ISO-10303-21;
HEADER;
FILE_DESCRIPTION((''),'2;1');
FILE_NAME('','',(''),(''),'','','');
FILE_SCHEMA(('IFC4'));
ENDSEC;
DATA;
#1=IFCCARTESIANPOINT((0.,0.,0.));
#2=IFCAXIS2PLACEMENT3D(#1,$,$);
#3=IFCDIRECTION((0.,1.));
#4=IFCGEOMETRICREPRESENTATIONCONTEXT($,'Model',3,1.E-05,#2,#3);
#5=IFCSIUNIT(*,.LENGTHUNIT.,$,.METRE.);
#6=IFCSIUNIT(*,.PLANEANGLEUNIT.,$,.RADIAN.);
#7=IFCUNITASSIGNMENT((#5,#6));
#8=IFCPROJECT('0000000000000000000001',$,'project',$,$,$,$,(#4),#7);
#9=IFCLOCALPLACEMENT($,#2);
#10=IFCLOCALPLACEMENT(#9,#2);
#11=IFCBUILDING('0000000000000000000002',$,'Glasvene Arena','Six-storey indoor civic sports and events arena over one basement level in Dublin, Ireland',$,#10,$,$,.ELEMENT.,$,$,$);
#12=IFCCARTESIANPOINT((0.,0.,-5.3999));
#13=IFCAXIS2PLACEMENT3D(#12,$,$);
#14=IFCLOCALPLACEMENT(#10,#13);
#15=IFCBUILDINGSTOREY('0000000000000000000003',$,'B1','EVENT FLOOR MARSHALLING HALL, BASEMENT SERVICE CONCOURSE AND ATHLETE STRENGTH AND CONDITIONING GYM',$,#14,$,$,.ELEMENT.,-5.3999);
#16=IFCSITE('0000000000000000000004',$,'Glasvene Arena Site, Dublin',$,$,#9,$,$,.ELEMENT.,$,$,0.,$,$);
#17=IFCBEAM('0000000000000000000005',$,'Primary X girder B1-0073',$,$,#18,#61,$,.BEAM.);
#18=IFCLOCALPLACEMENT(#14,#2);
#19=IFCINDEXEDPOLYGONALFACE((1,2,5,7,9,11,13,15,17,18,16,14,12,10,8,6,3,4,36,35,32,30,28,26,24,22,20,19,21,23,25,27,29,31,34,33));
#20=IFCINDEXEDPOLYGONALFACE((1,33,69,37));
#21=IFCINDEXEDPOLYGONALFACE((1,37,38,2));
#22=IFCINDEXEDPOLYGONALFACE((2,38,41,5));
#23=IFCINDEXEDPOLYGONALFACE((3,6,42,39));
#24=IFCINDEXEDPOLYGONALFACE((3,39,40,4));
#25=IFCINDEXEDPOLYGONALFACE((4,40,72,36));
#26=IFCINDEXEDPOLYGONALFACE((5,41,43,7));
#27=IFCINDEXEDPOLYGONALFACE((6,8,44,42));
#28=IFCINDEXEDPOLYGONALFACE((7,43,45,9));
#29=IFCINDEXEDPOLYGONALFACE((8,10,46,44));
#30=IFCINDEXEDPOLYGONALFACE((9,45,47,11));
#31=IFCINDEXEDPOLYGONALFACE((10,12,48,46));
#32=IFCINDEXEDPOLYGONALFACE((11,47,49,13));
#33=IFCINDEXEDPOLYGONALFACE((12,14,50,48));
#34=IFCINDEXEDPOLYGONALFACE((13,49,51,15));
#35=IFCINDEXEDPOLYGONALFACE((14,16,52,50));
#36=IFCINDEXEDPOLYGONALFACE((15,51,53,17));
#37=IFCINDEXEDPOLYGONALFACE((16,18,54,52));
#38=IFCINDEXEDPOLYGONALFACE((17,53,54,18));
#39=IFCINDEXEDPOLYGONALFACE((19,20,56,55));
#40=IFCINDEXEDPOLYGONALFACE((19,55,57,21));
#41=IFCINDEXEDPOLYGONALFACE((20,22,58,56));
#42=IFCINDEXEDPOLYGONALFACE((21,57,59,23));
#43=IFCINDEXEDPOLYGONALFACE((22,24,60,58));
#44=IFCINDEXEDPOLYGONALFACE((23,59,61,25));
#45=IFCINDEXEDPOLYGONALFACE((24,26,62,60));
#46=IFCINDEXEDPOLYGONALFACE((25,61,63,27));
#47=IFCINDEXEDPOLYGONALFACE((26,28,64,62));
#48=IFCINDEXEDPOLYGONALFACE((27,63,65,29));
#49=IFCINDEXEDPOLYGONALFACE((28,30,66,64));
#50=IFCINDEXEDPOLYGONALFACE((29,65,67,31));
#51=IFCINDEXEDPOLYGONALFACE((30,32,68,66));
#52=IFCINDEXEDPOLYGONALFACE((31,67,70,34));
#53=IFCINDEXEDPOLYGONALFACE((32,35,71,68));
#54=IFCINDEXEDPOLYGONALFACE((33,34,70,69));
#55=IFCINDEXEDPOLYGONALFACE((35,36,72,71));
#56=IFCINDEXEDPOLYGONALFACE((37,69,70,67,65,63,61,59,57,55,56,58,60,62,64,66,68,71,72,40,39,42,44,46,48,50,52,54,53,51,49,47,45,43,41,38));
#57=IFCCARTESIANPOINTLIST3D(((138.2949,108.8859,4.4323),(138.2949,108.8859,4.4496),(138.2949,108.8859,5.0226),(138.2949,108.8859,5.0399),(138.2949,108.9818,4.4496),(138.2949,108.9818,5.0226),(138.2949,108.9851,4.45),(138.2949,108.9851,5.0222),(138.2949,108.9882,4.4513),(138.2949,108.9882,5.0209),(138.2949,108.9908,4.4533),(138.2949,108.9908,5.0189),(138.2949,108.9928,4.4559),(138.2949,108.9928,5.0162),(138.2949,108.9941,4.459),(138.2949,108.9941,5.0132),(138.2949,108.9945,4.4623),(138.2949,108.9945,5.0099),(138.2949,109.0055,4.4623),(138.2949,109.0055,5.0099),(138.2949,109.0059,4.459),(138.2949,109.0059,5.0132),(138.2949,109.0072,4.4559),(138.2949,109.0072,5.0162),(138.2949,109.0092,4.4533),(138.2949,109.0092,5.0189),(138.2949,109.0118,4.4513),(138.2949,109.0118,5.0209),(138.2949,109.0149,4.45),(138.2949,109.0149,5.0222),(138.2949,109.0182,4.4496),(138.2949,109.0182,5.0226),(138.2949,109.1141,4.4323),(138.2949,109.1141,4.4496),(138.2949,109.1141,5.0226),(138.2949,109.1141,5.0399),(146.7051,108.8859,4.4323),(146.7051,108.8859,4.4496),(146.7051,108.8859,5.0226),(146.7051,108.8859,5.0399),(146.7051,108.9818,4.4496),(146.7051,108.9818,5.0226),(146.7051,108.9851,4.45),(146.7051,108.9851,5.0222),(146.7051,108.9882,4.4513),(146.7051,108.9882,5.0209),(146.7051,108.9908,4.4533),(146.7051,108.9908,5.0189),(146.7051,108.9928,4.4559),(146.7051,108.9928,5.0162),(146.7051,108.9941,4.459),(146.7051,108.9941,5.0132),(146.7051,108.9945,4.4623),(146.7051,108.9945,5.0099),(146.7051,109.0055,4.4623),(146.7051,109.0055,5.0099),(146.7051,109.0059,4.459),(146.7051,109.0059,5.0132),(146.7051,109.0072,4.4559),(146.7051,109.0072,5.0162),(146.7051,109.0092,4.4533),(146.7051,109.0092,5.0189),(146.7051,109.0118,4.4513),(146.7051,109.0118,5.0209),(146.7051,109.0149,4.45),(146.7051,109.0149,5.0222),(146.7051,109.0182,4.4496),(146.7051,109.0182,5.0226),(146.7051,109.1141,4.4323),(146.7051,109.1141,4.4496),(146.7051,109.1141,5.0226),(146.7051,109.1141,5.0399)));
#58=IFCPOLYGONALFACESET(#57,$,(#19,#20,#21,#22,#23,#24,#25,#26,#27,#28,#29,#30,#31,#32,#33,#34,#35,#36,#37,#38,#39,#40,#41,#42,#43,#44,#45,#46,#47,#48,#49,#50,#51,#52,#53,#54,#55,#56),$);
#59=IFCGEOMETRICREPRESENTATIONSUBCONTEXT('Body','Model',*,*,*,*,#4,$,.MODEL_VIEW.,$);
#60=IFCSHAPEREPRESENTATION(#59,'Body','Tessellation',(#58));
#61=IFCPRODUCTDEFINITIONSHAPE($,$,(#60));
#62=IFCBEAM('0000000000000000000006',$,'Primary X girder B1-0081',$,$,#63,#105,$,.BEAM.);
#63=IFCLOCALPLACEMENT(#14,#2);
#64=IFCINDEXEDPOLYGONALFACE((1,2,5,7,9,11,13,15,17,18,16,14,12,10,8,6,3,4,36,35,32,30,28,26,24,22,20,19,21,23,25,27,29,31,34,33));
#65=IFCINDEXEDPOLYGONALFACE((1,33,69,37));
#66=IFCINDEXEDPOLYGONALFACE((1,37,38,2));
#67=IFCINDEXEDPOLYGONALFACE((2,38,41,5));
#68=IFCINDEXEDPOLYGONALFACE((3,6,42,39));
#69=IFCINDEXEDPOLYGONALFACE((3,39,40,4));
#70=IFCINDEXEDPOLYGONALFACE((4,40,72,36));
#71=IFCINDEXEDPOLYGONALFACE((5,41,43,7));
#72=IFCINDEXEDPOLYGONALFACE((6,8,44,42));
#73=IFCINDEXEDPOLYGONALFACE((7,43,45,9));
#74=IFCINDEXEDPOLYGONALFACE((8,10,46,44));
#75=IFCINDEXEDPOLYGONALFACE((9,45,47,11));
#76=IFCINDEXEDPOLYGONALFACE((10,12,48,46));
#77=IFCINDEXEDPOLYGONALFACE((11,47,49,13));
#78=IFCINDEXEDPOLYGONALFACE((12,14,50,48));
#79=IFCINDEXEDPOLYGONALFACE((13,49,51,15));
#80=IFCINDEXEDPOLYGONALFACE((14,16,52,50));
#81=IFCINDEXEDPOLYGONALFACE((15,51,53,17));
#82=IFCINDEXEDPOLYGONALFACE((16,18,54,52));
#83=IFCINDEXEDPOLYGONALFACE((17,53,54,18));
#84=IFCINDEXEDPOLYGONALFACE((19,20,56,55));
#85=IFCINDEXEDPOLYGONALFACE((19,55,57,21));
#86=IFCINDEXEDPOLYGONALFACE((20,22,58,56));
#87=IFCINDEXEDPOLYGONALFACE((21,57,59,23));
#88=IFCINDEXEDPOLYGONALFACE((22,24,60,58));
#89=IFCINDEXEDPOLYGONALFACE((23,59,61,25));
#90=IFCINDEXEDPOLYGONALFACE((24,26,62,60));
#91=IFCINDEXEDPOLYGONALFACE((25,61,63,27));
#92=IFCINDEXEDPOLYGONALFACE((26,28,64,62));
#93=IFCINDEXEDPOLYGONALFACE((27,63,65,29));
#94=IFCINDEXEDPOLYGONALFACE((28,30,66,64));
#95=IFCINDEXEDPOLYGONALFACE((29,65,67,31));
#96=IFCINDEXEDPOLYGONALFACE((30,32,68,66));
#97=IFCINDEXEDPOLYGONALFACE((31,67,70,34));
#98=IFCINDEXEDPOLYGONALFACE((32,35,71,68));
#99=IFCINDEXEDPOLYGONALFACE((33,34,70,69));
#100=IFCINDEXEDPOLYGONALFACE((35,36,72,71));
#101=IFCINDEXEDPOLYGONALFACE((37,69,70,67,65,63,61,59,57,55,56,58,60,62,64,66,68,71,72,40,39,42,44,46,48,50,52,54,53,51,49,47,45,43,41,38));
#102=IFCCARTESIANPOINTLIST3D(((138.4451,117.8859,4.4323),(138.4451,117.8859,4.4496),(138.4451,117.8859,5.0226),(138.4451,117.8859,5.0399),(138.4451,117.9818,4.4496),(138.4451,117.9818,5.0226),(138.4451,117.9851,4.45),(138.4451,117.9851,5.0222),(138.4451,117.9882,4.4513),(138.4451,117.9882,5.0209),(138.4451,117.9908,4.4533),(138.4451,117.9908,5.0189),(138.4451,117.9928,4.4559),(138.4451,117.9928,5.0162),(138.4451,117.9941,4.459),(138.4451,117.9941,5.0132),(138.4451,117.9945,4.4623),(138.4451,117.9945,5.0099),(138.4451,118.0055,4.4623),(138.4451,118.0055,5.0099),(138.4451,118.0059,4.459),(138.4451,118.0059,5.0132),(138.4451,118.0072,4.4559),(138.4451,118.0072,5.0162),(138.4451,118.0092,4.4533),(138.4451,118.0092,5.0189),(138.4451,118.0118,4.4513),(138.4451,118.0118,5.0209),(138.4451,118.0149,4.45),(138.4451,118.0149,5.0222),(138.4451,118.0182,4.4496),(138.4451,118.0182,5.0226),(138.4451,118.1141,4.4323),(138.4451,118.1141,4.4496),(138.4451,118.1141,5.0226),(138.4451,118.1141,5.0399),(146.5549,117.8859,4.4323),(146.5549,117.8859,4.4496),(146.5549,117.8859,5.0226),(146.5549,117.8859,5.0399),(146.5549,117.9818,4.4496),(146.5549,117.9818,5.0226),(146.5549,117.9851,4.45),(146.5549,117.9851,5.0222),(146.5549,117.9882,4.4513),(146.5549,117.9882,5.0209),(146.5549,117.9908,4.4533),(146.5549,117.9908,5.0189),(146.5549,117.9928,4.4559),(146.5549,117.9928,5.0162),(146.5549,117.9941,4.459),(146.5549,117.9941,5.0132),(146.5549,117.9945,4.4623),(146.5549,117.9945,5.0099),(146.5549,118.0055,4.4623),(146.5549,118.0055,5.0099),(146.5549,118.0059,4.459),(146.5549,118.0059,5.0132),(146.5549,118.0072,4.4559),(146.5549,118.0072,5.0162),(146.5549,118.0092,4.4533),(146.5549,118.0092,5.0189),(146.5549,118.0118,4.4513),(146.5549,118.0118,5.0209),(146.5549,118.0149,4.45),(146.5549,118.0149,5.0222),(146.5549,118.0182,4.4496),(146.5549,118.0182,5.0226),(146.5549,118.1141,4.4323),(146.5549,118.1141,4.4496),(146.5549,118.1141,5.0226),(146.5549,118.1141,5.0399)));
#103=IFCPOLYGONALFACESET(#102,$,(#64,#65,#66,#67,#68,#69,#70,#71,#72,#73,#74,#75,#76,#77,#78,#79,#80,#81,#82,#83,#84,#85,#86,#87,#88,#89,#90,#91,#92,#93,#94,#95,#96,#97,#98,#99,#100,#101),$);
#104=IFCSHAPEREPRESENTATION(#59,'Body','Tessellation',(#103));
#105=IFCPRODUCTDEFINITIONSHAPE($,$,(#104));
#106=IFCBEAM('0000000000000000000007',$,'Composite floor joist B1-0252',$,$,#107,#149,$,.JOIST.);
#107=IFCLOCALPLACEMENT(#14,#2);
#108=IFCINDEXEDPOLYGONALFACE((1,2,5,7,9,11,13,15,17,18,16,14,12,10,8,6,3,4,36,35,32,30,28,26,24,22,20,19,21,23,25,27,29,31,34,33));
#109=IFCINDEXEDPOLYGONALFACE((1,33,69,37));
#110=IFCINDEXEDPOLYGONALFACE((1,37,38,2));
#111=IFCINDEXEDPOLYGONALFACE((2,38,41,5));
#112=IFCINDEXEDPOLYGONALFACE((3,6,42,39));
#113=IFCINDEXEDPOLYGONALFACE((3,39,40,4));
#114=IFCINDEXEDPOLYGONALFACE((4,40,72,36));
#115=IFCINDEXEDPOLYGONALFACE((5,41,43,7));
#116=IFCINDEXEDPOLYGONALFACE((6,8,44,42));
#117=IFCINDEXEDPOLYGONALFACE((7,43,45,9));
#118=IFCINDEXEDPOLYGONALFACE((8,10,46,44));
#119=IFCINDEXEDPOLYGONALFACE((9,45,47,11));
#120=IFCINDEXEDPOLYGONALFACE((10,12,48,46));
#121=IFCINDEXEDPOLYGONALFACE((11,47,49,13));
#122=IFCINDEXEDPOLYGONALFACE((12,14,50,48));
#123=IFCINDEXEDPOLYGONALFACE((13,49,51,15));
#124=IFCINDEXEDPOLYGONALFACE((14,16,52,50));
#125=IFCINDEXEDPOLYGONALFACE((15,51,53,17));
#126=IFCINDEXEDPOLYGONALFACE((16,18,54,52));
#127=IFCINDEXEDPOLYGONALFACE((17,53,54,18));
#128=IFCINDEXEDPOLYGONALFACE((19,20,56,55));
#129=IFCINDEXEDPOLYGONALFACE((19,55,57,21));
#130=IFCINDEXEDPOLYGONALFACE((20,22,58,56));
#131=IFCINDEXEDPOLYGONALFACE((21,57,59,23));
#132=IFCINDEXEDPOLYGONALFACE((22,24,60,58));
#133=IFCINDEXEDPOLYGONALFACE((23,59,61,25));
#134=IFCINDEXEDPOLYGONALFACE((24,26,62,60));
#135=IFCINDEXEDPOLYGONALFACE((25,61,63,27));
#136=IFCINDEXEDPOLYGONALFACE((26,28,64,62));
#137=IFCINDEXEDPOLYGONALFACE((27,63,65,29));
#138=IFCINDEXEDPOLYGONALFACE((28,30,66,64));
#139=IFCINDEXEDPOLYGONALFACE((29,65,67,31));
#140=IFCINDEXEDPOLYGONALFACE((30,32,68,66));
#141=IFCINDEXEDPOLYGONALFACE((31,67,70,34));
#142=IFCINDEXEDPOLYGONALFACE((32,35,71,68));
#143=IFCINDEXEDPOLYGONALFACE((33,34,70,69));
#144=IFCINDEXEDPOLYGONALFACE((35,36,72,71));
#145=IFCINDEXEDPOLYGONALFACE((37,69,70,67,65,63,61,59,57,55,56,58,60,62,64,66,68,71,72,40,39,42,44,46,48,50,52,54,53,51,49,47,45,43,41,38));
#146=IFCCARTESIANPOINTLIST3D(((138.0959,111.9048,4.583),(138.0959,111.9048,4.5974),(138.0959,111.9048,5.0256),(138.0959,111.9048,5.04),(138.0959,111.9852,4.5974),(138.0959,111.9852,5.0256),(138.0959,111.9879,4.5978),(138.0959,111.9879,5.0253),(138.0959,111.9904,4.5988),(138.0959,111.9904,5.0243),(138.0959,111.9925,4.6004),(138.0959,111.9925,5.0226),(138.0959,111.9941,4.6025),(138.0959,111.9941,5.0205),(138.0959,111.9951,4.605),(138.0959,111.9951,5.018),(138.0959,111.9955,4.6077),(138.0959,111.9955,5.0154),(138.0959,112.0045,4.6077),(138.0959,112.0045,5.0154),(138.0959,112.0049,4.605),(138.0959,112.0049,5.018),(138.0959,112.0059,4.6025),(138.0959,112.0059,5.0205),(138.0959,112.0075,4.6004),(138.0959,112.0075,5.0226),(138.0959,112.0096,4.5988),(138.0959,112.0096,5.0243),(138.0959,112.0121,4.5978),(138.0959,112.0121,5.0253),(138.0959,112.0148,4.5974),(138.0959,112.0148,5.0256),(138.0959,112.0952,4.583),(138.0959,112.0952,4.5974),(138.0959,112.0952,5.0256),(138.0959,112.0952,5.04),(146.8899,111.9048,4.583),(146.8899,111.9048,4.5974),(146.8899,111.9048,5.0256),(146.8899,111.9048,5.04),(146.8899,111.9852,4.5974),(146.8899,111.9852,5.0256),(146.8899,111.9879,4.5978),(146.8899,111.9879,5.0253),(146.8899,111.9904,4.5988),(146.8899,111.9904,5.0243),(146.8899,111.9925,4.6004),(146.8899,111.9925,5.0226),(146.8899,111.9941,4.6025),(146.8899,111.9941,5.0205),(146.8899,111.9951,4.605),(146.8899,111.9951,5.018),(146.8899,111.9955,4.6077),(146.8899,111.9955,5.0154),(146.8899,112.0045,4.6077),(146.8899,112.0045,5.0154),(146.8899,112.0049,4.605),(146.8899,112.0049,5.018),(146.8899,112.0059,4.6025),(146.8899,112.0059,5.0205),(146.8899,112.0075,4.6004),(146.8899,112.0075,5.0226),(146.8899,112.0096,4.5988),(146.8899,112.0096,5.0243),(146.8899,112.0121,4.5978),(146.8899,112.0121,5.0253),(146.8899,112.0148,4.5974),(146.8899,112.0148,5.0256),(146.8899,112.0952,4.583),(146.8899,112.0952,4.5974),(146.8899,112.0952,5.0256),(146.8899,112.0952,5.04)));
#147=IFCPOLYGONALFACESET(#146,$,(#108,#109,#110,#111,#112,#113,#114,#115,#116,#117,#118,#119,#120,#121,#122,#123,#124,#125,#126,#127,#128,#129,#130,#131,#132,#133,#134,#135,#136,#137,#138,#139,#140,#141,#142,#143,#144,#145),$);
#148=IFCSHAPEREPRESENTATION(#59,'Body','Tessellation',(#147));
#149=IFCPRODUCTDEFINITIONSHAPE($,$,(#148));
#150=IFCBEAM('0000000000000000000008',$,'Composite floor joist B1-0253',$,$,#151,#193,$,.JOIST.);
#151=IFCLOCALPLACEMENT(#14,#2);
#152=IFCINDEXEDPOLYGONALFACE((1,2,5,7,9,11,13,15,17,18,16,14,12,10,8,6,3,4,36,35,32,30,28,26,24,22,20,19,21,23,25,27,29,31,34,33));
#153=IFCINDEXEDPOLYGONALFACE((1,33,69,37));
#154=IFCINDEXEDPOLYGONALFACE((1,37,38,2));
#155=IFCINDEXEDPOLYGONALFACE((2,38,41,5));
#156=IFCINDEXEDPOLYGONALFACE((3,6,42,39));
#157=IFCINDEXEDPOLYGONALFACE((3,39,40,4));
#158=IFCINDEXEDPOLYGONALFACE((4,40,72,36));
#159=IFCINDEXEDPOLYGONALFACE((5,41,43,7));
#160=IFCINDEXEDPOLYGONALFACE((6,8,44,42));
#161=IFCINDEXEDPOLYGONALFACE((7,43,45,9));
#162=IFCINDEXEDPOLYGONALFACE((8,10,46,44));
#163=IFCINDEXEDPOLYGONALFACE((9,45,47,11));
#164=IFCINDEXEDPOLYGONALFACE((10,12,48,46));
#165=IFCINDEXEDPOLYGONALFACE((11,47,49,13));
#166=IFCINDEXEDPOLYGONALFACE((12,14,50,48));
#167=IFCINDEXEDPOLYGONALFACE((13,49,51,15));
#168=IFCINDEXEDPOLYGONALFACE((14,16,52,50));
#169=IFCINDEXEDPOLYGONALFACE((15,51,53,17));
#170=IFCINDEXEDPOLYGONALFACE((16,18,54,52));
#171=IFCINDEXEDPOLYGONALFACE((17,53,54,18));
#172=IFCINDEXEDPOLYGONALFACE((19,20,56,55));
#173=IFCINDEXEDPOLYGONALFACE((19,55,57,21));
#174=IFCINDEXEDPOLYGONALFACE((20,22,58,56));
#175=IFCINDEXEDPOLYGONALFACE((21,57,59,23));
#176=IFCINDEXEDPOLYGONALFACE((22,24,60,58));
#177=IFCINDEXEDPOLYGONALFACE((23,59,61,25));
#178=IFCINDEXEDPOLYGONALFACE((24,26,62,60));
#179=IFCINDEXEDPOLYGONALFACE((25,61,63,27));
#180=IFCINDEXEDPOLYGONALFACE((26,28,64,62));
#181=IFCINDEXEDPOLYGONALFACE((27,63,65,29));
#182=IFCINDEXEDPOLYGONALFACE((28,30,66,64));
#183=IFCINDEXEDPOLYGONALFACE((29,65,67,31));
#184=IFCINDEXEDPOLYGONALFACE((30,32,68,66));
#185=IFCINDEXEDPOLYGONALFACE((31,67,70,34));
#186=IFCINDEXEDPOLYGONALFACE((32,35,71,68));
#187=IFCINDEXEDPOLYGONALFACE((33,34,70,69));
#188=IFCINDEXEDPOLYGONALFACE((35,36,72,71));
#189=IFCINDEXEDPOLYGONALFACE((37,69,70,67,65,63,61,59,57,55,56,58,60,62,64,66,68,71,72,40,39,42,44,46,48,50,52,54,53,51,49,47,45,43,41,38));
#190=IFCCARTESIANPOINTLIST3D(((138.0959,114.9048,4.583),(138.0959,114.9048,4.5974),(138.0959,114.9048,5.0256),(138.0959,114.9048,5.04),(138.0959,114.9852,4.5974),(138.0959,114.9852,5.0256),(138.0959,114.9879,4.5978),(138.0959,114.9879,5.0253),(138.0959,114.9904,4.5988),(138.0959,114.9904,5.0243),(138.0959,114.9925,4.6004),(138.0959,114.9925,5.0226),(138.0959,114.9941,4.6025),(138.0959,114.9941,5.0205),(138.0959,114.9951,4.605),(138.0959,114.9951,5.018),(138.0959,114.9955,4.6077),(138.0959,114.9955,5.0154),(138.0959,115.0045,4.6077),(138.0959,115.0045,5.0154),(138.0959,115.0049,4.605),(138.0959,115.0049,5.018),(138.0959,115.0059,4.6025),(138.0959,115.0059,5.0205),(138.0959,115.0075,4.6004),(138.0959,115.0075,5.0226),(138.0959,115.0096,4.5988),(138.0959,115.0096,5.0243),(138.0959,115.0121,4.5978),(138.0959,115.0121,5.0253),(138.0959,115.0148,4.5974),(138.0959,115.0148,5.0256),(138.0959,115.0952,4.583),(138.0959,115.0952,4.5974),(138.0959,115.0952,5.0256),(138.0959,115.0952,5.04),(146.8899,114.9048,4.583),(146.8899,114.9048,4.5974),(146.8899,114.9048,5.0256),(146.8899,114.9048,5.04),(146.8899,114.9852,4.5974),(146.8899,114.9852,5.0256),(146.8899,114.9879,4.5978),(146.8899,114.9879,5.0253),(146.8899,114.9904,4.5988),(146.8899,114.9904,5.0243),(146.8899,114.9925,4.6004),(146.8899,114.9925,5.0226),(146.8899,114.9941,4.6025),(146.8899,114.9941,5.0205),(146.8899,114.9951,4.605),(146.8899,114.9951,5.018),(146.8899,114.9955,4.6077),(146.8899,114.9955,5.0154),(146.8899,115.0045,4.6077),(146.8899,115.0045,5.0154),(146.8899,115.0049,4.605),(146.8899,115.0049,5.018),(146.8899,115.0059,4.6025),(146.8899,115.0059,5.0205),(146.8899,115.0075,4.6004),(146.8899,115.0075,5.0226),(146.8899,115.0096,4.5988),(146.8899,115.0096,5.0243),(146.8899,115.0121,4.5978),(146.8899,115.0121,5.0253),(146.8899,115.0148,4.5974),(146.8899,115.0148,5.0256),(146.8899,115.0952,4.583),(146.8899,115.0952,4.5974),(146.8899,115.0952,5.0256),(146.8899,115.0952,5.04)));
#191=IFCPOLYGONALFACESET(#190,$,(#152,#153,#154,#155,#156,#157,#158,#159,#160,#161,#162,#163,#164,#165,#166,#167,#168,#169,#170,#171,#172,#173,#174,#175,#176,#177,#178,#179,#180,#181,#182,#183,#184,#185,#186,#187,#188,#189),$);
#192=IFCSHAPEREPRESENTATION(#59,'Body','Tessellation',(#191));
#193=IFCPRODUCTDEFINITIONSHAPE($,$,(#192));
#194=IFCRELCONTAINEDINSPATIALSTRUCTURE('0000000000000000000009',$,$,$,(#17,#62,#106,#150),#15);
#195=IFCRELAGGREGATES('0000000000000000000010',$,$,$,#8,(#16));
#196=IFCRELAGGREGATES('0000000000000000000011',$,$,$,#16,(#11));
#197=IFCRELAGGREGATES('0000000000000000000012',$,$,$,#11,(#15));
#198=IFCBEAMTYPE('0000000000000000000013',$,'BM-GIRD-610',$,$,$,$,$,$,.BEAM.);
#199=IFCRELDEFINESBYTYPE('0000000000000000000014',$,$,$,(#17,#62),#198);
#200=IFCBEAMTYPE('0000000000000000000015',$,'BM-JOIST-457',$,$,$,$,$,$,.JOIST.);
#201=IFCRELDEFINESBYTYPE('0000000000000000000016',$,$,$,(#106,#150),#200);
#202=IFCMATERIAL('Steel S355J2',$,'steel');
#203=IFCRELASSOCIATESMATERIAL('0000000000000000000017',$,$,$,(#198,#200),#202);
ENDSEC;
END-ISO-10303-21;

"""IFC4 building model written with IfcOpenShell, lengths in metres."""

from ifc_helpers import new_model, si_unit, direction, frame, origin, origin_2d, place, context, subcontext, project, spatial, i_section, extrude, material, material_profile, profile_set, type_object, element, save


model = new_model("IFC4")

# Units and contexts
model_context = context("Model", 3, precision=1e-05, world=origin(), true_north=direction((0.0, 1.0)))
body_context = subcontext(model_context, "Body", "Model", "MODEL_VIEW")
ifc_project = project(units=[si_unit("LENGTHUNIT", "METRE"), si_unit("PLANEANGLEUNIT", "RADIAN")], contexts=[model_context])

# Site, building, storey
site_placement = place(None, origin())
site = spatial("IfcSite", under=ifc_project, at=site_placement, Name="Glasvene Arena Site, Dublin", CompositionType="ELEMENT", RefElevation=0.0)
building_placement = place(site_placement, origin())
building = spatial("IfcBuilding", under=site, at=building_placement, Name="Glasvene Arena", Description="Six-storey indoor civic sports and events arena over one basement level in Dublin, Ireland", CompositionType="ELEMENT")
storey_placement = place(building_placement, frame((0.0, 0.0, -5.3999)))
storey = spatial("IfcBuildingStorey", under=building, at=storey_placement, Name="B1", Description="EVENT FLOOR MARSHALLING HALL, BASEMENT SERVICE CONCOURSE AND ATHLETE STRENGTH AND CONDITIONING GYM", CompositionType="ELEMENT", Elevation=-5.3999)

# Beams
ifc_material_1 = material(Name="Steel S355J2", Category="steel")
ifc_material_profile_1 = material_profile(ifc_material_1, i_section(OverallWidth=0.2283, OverallDepth=0.6077, WebThickness=0.011, FlangeThickness=0.0173, FilletRadius=0.0127, at=origin_2d()), Name="UKB 610x229x113")
ifc_profile_set_1 = profile_set([ifc_material_profile_1], Name="Steel S355J2")
beam_type_1 = type_object("IfcBeamType", Name="BM-GIRD-610", PredefinedType="BEAM", material=ifc_profile_set_1)
beam_1_placement = place(storey_placement, frame((138.2949, 109.0, 4.7361), z_axis=(1.0, 0.0, 0.0), x_axis=(0.0, 1.0, 0.0)))
element("IfcBeam", 1, at=beam_1_placement, inside=storey, type_object=beam_type_1, Name="Primary X girder B1-0073", PredefinedType="BEAM", context=body_context, shape_type="SweptSolid", body=[
    extrude(i_section(OverallWidth=0.2283, OverallDepth=0.6077, WebThickness=0.011, FlangeThickness=0.0173, FilletRadius=0.0127, at=origin_2d()), origin(), (0.0, 0.0, 1.0), 8.4102),
])
beam_2_placement = place(storey_placement, frame((138.4451, 118.0, 4.7361), z_axis=(1.0, 0.0, 0.0), x_axis=(0.0, 1.0, 0.0)))
element("IfcBeam", 2, at=beam_2_placement, inside=storey, type_object=beam_type_1, Name="Primary X girder B1-0081", PredefinedType="BEAM", context=body_context, shape_type="SweptSolid", body=[
    extrude(i_section(OverallWidth=0.2283, OverallDepth=0.6077, WebThickness=0.011, FlangeThickness=0.0173, FilletRadius=0.0127, at=origin_2d()), origin(), (0.0, 0.0, 1.0), 8.1099),
])
ifc_material_profile_2 = material_profile(ifc_material_1, i_section(OverallWidth=0.1904, OverallDepth=0.457, WebThickness=0.009, FlangeThickness=0.0144, FilletRadius=0.0103, at=origin_2d()), Name="UKB 457x191x74")
ifc_profile_set_2 = profile_set([ifc_material_profile_2], Name="Steel S355J2")
beam_type_2 = type_object("IfcBeamType", Name="BM-JOIST-457", PredefinedType="JOIST", material=ifc_profile_set_2)
for number, where, z_axis, x_axis, name in (
    (3, (138.0959, 112.0, 4.8115), (1.0, 0.0, 0.0), (0.0, 1.0, 0.0), "Composite floor joist B1-0252"),
    (4, (138.0959, 115.0, 4.8115), (1.0, 0.0, 0.0), (0.0, 1.0, 0.0), "Composite floor joist B1-0253"),
):
    element("IfcBeam", number, at=place(storey_placement, frame(where, z_axis=z_axis, x_axis=x_axis)), inside=storey, type_object=beam_type_2, Name=name, PredefinedType="JOIST", context=body_context, shape_type="SweptSolid", body=[
        extrude(i_section(OverallWidth=0.1904, OverallDepth=0.457, WebThickness=0.009, FlangeThickness=0.0144, FilletRadius=0.0103, at=origin_2d()), origin(), (0.0, 0.0, 1.0), 8.7939),
    ])

save(model, "model.ifc")
